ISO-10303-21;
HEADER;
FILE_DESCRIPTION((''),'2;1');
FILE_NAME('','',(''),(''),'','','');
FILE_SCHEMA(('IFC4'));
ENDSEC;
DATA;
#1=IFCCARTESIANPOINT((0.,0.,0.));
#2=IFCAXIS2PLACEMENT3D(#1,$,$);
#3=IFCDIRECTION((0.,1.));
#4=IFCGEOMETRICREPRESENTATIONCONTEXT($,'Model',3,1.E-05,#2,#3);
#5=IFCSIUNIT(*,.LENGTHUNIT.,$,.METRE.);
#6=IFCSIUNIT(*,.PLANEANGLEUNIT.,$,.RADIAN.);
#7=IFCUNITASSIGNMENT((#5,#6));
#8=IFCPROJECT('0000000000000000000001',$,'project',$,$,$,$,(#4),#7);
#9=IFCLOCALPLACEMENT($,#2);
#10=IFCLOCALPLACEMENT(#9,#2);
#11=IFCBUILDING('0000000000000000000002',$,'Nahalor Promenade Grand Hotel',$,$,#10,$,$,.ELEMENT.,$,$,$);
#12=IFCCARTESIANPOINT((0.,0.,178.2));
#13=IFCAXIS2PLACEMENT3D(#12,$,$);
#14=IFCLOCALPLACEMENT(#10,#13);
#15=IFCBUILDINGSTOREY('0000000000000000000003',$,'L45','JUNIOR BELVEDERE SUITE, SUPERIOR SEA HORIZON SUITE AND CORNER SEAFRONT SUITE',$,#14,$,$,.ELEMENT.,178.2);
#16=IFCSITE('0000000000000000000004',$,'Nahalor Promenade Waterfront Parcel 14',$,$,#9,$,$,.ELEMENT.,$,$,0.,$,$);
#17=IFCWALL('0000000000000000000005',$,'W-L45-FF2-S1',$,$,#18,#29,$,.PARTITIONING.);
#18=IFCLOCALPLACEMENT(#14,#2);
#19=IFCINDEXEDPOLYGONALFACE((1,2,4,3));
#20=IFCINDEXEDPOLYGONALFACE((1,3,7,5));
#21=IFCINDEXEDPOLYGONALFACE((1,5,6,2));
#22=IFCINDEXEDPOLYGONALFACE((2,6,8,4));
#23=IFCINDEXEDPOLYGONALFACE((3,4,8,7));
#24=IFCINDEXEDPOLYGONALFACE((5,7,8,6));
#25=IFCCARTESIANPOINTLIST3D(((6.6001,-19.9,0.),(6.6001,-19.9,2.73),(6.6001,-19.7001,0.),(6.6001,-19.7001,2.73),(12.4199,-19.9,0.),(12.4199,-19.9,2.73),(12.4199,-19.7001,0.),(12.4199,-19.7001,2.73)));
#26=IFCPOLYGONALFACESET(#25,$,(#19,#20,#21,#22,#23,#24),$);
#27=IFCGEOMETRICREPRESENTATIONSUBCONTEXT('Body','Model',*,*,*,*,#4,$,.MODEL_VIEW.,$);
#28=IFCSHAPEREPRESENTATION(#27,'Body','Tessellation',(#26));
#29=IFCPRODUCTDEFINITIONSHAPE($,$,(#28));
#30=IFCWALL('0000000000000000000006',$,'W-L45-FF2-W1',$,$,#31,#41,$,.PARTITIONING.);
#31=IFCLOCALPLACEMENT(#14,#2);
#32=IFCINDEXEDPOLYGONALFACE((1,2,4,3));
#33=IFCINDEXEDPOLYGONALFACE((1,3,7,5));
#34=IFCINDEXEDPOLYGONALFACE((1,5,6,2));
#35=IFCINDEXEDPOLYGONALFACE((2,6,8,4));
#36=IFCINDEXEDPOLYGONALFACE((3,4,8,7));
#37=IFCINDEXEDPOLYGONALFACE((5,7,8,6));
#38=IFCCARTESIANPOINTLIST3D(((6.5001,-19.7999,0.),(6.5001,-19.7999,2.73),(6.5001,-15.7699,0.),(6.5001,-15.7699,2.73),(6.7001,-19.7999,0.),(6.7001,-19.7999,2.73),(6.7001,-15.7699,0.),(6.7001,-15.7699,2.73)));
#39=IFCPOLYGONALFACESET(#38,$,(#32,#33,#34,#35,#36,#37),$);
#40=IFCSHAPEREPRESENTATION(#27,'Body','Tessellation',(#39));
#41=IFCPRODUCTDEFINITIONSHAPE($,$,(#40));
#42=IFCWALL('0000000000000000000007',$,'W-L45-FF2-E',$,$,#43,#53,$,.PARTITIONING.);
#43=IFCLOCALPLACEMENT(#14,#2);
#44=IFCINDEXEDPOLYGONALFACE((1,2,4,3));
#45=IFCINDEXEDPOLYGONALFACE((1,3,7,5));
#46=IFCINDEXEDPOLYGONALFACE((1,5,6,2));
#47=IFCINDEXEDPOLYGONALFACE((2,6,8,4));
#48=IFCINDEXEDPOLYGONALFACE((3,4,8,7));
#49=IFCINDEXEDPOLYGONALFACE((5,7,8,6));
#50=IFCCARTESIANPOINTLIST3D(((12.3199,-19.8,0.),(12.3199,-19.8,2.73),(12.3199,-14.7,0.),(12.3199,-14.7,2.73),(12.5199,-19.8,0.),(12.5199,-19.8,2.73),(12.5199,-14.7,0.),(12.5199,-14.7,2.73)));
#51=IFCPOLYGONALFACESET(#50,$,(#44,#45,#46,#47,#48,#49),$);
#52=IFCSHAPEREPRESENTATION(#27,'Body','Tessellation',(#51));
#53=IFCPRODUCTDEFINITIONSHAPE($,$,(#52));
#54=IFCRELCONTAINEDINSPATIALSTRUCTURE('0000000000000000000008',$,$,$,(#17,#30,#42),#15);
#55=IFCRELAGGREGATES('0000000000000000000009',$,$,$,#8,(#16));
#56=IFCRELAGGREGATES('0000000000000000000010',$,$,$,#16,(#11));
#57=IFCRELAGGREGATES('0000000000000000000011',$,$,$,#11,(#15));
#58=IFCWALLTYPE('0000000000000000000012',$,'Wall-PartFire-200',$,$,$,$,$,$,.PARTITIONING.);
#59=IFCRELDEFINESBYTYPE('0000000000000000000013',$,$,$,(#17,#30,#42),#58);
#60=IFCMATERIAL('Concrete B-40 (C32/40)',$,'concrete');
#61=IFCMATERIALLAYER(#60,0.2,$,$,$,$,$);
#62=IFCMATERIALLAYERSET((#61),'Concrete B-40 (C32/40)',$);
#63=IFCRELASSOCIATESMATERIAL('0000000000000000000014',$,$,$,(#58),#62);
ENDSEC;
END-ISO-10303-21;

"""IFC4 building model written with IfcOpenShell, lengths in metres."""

from ifc_helpers import new_model, si_unit, direction, frame, frame_2d, origin, place, context, subcontext, project, spatial, rectangle, extrude, source, transform, mapped, material, layer, layer_set, type_object, element, save


model = new_model("IFC4")

# Units and contexts
model_context = context("Model", 3, precision=1e-05, world=origin(), true_north=direction((0.0, 1.0)))
body_context = subcontext(model_context, "Body", "Model", "MODEL_VIEW")
ifc_project = project(units=[si_unit("LENGTHUNIT", "METRE"), si_unit("PLANEANGLEUNIT", "RADIAN")], contexts=[model_context])

# Site, building, storey
site_placement = place(None, origin())
site = spatial("IfcSite", under=ifc_project, at=site_placement, Name="Nahalor Promenade Waterfront Parcel 14", CompositionType="ELEMENT", RefElevation=0.0)
building_placement = place(site_placement, origin())
building = spatial("IfcBuilding", under=site, at=building_placement, Name="Nahalor Promenade Grand Hotel", CompositionType="ELEMENT")
storey_placement = place(building_placement, frame((0.0, 0.0, 178.2)))
storey = spatial("IfcBuildingStorey", under=building, at=storey_placement, Name="L45", Description="JUNIOR BELVEDERE SUITE, SUPERIOR SEA HORIZON SUITE AND CORNER SEAFRONT SUITE", CompositionType="ELEMENT", Elevation=178.2)

# Walls
ifc_material_1 = material(Name="Concrete B-40 (C32/40)", Category="concrete")
ifc_layer_1 = layer(ifc_material_1, 0.2)
ifc_layer_set_1 = layer_set([ifc_layer_1], Name="Concrete B-40 (C32/40)")
wall_type_1 = type_object("IfcWallType", Name="Wall-PartFire-200", PredefinedType="PARTITIONING", material=ifc_layer_set_1)
shared_shape_1 = source(origin(), body_context, "Body", "SweptSolid", [
    extrude(rectangle(XDim=5.8198, YDim=0.2, at=frame_2d((2.9099, 0.0))), origin(), (0.0, 0.0, 1.0), 2.73),
])
wall_1_placement = place(storey_placement, frame((6.6001, -19.8, 0.0), z_axis=(0.0, 0.0, 1.0), x_axis=(1.0, 0.0, 0.0)))
element("IfcWall", 1, at=wall_1_placement, inside=storey, type_object=wall_type_1, Name="W-L45-FF2-S1", PredefinedType="PARTITIONING", context=body_context, shape_type="MappedRepresentation", body=[
    mapped(shared_shape_1, transform((0.0, 0.0, 0.0), scale=1.0)),
])
shared_shape_2 = source(origin(), body_context, "Body", "SweptSolid", [
    extrude(rectangle(XDim=4.03, YDim=0.2, at=frame_2d((2.0151, 0.0))), origin(), (0.0, 0.0, 1.0), 2.73),
])
wall_2_placement = place(storey_placement, frame((6.6001, -19.8, 0.0), z_axis=(0.0, 0.0, 1.0), x_axis=(0.0, 1.0, 0.0)))
element("IfcWall", 2, at=wall_2_placement, inside=storey, type_object=wall_type_1, Name="W-L45-FF2-W1", PredefinedType="PARTITIONING", context=body_context, shape_type="MappedRepresentation", body=[
    mapped(shared_shape_2, transform((0.0, 0.0, 0.0), scale=1.0)),
])
shared_shape_3 = source(origin(), body_context, "Body", "SweptSolid", [
    extrude(rectangle(XDim=5.1001, YDim=0.2, at=frame_2d((2.55, 0.0))), origin(), (0.0, 0.0, 1.0), 2.73),
])
wall_3_placement = place(storey_placement, frame((12.4199, -19.8, 0.0), z_axis=(0.0, 0.0, 1.0), x_axis=(0.0, 1.0, 0.0)))
element("IfcWall", 3, at=wall_3_placement, inside=storey, type_object=wall_type_1, Name="W-L45-FF2-E", PredefinedType="PARTITIONING", context=body_context, shape_type="MappedRepresentation", body=[
    mapped(shared_shape_3, transform((0.0, 0.0, 0.0), scale=1.0)),
])

save(model, "model.ifc")
